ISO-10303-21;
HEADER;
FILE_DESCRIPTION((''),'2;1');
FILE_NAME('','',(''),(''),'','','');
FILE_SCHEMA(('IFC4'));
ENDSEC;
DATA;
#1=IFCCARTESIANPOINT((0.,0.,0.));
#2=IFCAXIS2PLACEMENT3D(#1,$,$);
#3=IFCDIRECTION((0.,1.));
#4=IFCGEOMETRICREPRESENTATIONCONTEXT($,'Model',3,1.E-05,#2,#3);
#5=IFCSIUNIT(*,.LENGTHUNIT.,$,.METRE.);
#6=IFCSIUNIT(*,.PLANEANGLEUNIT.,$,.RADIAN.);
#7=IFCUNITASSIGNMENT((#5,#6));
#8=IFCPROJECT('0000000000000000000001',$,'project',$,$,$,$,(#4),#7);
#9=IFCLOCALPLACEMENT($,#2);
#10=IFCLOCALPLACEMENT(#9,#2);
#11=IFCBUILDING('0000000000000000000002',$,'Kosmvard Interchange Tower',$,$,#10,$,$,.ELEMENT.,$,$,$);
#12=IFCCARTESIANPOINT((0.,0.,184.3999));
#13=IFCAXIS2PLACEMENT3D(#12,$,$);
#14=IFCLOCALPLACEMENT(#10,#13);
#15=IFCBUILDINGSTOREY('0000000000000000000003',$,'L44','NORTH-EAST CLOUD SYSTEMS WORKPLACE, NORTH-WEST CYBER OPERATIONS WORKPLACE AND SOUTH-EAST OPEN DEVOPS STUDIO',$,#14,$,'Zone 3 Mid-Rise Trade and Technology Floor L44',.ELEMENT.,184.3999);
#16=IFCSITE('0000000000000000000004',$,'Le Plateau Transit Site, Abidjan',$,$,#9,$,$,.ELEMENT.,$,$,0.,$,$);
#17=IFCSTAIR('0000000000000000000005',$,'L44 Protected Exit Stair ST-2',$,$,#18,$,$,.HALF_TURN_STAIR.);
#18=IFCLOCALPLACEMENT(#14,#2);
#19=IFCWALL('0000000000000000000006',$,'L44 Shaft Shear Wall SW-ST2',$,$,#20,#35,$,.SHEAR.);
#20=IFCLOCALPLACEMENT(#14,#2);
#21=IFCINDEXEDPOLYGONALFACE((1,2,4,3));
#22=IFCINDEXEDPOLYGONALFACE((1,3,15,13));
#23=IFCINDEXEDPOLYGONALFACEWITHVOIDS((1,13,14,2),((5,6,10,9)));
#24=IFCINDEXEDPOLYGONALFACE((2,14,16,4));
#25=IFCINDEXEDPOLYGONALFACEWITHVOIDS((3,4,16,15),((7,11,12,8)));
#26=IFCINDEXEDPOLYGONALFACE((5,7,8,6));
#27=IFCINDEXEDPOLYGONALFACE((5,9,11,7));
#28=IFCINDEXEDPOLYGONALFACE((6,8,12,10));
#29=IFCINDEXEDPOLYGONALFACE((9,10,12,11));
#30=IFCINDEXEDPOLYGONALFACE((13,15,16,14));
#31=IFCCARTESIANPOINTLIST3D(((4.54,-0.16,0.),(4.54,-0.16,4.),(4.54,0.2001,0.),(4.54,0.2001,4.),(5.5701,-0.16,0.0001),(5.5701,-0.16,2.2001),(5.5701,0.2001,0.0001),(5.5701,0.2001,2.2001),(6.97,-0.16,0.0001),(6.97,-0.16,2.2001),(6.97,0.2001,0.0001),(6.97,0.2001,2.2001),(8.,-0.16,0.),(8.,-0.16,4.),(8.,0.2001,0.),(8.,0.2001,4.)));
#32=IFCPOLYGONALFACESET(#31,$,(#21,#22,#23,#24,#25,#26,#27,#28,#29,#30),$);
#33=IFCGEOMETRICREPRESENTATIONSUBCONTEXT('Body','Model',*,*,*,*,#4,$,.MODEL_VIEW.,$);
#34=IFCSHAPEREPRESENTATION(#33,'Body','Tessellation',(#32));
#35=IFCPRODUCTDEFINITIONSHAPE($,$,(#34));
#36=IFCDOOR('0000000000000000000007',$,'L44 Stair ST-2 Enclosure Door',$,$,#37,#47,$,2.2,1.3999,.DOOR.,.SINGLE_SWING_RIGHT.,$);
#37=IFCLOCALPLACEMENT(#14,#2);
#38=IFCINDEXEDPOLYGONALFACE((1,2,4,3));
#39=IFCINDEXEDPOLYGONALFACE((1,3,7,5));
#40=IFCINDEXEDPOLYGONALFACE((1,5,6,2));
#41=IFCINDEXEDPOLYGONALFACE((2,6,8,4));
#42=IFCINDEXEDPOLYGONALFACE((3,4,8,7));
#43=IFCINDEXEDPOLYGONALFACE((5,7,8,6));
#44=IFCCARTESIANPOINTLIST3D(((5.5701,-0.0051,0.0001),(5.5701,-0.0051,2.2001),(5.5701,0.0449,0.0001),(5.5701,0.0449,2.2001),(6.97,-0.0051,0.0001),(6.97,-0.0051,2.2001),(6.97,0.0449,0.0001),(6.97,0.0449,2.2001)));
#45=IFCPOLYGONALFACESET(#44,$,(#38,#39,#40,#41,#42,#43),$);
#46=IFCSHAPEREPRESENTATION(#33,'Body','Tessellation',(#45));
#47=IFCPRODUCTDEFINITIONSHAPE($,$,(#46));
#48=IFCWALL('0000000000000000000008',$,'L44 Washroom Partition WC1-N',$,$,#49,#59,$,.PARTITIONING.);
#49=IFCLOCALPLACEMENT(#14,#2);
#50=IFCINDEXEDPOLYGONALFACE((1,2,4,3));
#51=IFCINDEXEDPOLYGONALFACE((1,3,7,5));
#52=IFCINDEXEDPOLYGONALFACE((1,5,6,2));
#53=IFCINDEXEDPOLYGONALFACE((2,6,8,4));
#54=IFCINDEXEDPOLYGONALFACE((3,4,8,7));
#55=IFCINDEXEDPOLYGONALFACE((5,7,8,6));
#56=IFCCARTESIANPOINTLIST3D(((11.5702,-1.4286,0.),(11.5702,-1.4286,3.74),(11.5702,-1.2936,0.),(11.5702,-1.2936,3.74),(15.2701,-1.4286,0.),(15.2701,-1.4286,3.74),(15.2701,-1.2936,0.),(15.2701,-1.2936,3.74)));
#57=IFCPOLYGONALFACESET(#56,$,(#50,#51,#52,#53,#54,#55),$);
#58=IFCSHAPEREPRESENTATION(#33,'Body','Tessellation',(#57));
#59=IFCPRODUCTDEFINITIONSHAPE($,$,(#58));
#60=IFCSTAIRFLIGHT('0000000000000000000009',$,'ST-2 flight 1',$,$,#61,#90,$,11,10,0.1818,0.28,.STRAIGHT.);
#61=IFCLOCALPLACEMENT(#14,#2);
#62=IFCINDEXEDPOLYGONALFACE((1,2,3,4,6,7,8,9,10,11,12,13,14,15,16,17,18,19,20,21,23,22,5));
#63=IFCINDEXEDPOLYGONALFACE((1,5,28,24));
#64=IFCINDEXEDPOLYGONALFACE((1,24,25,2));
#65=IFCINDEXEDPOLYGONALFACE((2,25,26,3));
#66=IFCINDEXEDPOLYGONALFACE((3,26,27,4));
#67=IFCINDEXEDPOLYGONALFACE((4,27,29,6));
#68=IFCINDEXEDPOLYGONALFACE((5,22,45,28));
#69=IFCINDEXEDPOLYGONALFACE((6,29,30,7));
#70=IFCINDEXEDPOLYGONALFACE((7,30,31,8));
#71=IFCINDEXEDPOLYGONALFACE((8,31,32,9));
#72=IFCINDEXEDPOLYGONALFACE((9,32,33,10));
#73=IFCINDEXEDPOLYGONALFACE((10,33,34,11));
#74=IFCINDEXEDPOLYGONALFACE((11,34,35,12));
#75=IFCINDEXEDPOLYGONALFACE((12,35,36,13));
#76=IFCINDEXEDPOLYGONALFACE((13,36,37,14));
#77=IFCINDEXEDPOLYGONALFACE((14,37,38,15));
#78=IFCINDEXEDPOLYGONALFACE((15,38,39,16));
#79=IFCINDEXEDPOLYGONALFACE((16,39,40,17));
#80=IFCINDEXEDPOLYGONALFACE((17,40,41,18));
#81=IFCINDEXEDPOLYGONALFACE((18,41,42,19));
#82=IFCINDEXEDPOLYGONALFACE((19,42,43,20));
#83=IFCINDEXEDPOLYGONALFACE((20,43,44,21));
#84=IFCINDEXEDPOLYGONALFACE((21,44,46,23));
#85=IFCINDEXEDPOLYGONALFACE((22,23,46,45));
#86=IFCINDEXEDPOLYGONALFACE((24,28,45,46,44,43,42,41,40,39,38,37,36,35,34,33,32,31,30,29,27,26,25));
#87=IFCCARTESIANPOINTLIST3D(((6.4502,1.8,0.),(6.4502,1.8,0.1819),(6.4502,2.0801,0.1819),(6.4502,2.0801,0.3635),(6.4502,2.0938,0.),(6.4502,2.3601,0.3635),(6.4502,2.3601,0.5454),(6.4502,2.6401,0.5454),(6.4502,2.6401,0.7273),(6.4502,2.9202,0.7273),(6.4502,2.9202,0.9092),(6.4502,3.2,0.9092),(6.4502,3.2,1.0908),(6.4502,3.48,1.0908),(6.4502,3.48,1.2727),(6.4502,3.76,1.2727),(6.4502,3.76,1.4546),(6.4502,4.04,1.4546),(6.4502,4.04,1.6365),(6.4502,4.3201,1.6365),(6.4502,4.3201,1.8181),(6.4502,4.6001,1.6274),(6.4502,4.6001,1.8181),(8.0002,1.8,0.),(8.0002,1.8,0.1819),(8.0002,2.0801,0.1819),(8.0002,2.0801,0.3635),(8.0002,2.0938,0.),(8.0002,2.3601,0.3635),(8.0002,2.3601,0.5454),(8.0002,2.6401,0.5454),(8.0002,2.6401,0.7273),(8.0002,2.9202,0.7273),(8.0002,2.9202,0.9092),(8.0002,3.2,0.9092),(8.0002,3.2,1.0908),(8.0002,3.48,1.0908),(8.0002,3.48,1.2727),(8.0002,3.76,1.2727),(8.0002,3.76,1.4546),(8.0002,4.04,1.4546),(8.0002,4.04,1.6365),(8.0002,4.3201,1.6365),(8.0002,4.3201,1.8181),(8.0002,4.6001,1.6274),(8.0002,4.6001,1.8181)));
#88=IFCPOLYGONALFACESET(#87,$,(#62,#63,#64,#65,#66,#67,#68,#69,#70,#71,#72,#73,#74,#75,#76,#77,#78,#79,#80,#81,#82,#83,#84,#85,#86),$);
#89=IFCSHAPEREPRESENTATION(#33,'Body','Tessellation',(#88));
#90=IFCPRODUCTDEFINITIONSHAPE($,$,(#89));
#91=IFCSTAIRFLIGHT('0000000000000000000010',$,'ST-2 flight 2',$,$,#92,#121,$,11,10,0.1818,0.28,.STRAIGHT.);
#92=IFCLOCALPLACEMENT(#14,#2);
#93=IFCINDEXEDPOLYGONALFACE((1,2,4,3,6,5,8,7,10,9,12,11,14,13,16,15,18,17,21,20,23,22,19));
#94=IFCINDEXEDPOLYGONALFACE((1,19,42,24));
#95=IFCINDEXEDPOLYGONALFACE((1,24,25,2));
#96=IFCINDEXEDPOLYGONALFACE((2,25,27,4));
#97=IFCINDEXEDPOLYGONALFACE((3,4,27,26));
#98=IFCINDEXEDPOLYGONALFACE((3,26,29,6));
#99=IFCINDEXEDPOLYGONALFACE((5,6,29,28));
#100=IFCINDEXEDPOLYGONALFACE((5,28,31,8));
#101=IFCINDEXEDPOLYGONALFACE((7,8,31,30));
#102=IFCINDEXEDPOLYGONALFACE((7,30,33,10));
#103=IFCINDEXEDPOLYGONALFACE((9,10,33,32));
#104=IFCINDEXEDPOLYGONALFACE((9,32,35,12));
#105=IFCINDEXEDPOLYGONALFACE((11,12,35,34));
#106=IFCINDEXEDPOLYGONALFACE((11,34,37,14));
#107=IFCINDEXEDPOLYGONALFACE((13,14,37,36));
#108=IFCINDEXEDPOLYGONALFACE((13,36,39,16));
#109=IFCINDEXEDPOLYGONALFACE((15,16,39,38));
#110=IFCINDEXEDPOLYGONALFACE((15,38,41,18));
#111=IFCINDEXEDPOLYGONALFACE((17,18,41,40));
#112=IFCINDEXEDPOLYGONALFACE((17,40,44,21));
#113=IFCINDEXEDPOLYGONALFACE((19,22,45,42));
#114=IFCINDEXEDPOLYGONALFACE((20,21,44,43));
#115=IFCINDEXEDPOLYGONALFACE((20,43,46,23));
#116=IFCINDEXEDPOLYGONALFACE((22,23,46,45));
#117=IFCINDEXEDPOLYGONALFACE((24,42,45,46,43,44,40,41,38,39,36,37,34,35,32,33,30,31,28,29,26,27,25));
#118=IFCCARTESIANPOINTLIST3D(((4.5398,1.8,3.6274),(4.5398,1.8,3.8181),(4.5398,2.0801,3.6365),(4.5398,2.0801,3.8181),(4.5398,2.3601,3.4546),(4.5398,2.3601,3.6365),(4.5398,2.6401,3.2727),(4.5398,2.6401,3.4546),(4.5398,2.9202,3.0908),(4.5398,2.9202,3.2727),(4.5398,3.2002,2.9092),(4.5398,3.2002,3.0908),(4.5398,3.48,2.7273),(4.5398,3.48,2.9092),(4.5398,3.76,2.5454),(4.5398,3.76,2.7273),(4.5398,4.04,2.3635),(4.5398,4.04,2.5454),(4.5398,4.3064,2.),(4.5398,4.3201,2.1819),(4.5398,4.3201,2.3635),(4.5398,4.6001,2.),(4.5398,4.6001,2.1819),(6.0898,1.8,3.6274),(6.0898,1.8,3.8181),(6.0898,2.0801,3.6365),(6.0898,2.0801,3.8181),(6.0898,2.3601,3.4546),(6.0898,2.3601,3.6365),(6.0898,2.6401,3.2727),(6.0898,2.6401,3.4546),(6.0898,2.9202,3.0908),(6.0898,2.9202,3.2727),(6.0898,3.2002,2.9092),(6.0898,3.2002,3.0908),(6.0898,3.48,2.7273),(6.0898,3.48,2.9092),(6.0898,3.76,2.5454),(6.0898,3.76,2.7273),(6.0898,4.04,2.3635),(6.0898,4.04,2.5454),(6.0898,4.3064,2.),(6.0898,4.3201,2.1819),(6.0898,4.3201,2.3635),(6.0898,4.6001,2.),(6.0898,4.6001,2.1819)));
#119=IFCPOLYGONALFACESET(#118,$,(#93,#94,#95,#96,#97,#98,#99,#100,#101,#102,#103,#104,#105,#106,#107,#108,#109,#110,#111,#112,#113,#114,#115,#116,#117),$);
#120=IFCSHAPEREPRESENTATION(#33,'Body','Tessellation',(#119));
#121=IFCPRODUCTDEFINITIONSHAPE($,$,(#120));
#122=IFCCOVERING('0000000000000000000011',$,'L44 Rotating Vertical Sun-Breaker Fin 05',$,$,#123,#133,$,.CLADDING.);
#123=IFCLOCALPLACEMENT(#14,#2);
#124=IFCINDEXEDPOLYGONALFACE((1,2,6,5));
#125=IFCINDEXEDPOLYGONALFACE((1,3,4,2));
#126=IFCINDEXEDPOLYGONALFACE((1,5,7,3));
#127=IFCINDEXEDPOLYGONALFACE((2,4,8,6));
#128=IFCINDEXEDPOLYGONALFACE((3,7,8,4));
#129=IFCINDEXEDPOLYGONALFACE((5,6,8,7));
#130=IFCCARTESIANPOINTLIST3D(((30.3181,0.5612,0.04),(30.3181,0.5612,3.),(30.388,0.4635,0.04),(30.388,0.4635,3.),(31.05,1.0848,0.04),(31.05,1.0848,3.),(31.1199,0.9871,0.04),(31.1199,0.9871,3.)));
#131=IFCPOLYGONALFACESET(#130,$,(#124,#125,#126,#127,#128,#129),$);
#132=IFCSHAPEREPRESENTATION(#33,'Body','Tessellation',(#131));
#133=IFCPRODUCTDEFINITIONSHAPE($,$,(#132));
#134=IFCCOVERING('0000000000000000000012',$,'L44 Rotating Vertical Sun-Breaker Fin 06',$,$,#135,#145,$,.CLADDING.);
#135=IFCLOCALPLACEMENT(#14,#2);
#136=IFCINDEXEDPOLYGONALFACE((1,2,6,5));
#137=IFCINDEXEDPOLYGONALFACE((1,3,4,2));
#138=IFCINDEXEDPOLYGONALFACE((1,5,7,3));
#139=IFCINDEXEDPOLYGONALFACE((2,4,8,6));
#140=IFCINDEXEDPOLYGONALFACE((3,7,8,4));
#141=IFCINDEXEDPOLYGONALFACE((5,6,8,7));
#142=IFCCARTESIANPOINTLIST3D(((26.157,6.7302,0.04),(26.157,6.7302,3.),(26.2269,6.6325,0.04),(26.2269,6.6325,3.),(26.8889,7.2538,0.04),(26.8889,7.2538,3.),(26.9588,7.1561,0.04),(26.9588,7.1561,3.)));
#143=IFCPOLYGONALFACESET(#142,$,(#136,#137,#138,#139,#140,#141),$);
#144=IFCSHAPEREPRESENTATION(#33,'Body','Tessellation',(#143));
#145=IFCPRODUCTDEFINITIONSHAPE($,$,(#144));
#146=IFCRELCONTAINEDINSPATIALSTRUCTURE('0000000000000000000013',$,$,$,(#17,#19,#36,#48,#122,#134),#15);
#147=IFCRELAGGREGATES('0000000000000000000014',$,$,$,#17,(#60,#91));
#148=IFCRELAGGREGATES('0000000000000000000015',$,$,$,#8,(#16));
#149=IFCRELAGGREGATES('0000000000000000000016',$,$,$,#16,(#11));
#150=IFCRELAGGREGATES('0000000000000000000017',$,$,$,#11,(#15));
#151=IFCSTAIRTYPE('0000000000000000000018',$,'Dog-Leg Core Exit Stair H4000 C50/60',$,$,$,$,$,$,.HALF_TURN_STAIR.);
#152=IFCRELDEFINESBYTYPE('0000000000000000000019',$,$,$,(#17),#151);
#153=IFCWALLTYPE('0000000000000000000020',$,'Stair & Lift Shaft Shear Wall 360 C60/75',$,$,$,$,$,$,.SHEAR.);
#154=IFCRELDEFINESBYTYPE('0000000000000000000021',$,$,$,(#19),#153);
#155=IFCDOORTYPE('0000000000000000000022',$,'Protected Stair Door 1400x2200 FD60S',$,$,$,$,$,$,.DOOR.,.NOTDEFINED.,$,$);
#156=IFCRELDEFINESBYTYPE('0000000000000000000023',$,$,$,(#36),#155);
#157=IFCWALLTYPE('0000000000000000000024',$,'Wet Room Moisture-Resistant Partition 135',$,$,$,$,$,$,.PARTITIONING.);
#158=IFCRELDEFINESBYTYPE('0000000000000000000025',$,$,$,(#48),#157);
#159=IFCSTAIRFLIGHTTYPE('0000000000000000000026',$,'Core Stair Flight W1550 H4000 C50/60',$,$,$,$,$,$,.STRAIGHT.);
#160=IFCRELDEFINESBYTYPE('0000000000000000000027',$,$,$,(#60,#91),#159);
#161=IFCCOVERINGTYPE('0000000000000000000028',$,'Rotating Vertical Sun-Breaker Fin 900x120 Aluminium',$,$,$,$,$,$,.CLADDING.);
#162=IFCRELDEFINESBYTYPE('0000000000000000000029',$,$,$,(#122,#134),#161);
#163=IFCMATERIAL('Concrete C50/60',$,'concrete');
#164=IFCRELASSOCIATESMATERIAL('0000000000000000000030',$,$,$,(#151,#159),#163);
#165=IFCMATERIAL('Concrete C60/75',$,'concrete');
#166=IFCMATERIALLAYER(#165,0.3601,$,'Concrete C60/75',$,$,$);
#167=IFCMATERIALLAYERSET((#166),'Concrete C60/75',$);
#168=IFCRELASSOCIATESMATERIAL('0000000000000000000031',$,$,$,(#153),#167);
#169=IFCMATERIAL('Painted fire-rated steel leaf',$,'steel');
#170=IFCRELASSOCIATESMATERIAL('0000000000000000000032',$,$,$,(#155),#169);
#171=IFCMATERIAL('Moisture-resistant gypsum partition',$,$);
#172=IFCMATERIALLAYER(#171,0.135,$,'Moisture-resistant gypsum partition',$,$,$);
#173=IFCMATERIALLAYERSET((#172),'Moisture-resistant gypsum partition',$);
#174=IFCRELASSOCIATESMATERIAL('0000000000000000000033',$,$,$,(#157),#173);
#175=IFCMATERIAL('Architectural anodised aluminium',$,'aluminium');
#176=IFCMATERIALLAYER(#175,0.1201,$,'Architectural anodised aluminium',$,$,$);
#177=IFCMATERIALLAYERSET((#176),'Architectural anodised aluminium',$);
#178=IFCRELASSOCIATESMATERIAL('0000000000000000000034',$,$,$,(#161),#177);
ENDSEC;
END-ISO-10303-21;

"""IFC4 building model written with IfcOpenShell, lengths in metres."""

from ifc_helpers import new_model, si_unit, direction, frame, frame_2d, origin, origin_2d, place, context, subcontext, project, spatial, polyline, rectangle, outline, extrude, source, transform, mapped, material, layer, layer_set, type_object, element, fill, aggregate, save


model = new_model("IFC4")

# Units and contexts
model_context = context("Model", 3, precision=1e-05, world=origin(), true_north=direction((0.0, 1.0)))
body_context = subcontext(model_context, "Body", "Model", "MODEL_VIEW")
ifc_project = project(units=[si_unit("LENGTHUNIT", "METRE"), si_unit("PLANEANGLEUNIT", "RADIAN")], contexts=[model_context])

# Site, building, storey
site_placement = place(None, origin())
site = spatial("IfcSite", under=ifc_project, at=site_placement, Name="Le Plateau Transit Site, Abidjan", CompositionType="ELEMENT", RefElevation=0.0)
building_placement = place(site_placement, origin())
building = spatial("IfcBuilding", under=site, at=building_placement, Name="Kosmvard Interchange Tower", CompositionType="ELEMENT")
storey_placement = place(building_placement, frame((0.0, 0.0, 184.3999)))
storey = spatial("IfcBuildingStorey", under=building, at=storey_placement, Name="L44", Description="NORTH-EAST CLOUD SYSTEMS WORKPLACE, NORTH-WEST CYBER OPERATIONS WORKPLACE AND SOUTH-EAST OPEN DEVOPS STUDIO", LongName="Zone 3 Mid-Rise Trade and Technology Floor L44", CompositionType="ELEMENT", Elevation=184.3999)

# Stair
ifc_material_1 = material(Name="Concrete C50/60", Category="concrete")
stair_type = type_object("IfcStairType", Name="Dog-Leg Core Exit Stair H4000 C50/60", PredefinedType="HALF_TURN_STAIR", material=ifc_material_1)
stair_1_placement = place(storey_placement, origin())
stair_1 = element("IfcStair", 1, at=stair_1_placement, inside=storey, type_object=stair_type, Name="L44 Protected Exit Stair ST-2", PredefinedType="HALF_TURN_STAIR")

# Wall, opening, door
ifc_material_2 = material(Name="Concrete C60/75", Category="concrete")
ifc_layer_1 = layer(ifc_material_2, 0.3601, Name="Concrete C60/75")
ifc_layer_set_1 = layer_set([ifc_layer_1], Name="Concrete C60/75")
wall_type_1 = type_object("IfcWallType", Name="Stair & Lift Shaft Shear Wall 360 C60/75", PredefinedType="SHEAR", material=ifc_layer_set_1)
wall_1_placement = place(storey_placement, frame((4.54, 0.02, 0.0), z_axis=(0.0, 0.0, 1.0), x_axis=(1.0, 0.0, 0.0)))
wall_1 = element("IfcWall", 2, at=wall_1_placement, inside=storey, type_object=wall_type_1, Name="L44 Shaft Shear Wall SW-ST2", PredefinedType="SHEAR", context=body_context, shape_type="SweptSolid", body=[
    extrude(rectangle(XDim=3.46, YDim=0.3601, at=frame_2d((1.73, 0.0))), origin(), (0.0, 0.0, 1.0), 4.0),
])
opening_1_placement = place(wall_1_placement, frame((1.03, 0.0, 0.0)))
opening_1 = element("IfcOpeningElement", 3, at=opening_1_placement, cuts=wall_1, PredefinedType="OPENING", context=body_context, shape_type="SweptSolid", body=[
    extrude(rectangle(XDim=1.3999, YDim=2.2, at=frame_2d((0.7, 1.1001))), frame((0.0, 0.1899, 0.0), z_axis=(0.0, -1.0, 0.0), x_axis=(1.0, 0.0, 0.0)), (0.0, 0.0, 1.0), 0.3801),
])
ifc_material_3 = material(Name="Painted fire-rated steel leaf", Category="steel")
door_type_1 = type_object("IfcDoorType", Name="Protected Stair Door 1400x2200 FD60S", OperationType="NOTDEFINED", PredefinedType="DOOR", material=ifc_material_3)
shared_shape_1 = source(origin(), body_context, "Body", "SweptSolid", [
    extrude(rectangle(XDim=1.3999, YDim=2.2, at=frame_2d((0.7, 1.1001))), frame((0.0, 0.0249, 0.0), z_axis=(0.0, -1.0, 0.0), x_axis=(1.0, 0.0, 0.0)), (0.0, 0.0, 1.0), 0.05),
])
door_1_placement = place(opening_1_placement, origin())
door_1 = element("IfcDoor", 4, at=door_1_placement, inside=storey, type_object=door_type_1, Name="L44 Stair ST-2 Enclosure Door", OperationType="SINGLE_SWING_RIGHT", OverallHeight=2.2, OverallWidth=1.3999, PredefinedType="DOOR", context=body_context, shape_type="MappedRepresentation", body=[
    mapped(shared_shape_1, transform((0.0, 0.0, 0.0), scale=1.0)),
])
fill(opening_1, door_1)

# Wall
ifc_material_4 = material(Name="Moisture-resistant gypsum partition")
ifc_layer_2 = layer(ifc_material_4, 0.135, Name="Moisture-resistant gypsum partition")
ifc_layer_set_2 = layer_set([ifc_layer_2], Name="Moisture-resistant gypsum partition")
wall_type_2 = type_object("IfcWallType", Name="Wet Room Moisture-Resistant Partition 135", PredefinedType="PARTITIONING", material=ifc_layer_set_2)
wall_2_placement = place(storey_placement, frame((11.5701, -1.3611, 0.0), z_axis=(0.0, 0.0, 1.0), x_axis=(1.0, 0.0, 0.0)))
element("IfcWall", 5, at=wall_2_placement, inside=storey, type_object=wall_type_2, Name="L44 Washroom Partition WC1-N", PredefinedType="PARTITIONING", context=body_context, shape_type="SweptSolid", body=[
    extrude(rectangle(XDim=3.7, YDim=0.135, at=frame_2d((1.8501, 0.0))), origin(), (0.0, 0.0, 1.0), 3.74),
])

# Stair flights
stair_flight_type = type_object("IfcStairFlightType", Name="Core Stair Flight W1550 H4000 C50/60", PredefinedType="STRAIGHT", material=ifc_material_1)
shared_shape_2 = source(origin(), body_context, "Body", "SweptSolid", [
    extrude(outline(polyline([(0.0, 0.0), (0.0, 0.1819), (0.28, 0.1819), (0.28, 0.3635), (0.5601, 0.3635), (0.5601, 0.5454), (0.8401, 0.5454), (0.8401, 0.7273), (1.1201, 0.7273), (1.1201, 0.9092), (1.3999, 0.9092), (1.3999, 1.0908), (1.6799, 1.0908), (1.6799, 1.2727), (1.96, 1.2727), (1.96, 1.4546), (2.24, 1.4546), (2.24, 1.6365), (2.52, 1.6365), (2.52, 1.8181), (2.8, 1.8181), (2.8, 2.0), (2.8, 1.6274), (0.2937, 0.0), (0.0, 0.0)])), frame((0.0, 0.7749, 0.0), z_axis=(0.0, -1.0, 0.0), x_axis=(1.0, 0.0, 0.0)), (0.0, 0.0, 1.0), 1.55),
])
stair_flight_1_placement = place(storey_placement, frame((7.2251, 1.8, 0.0), z_axis=(0.0, 0.0, 1.0), x_axis=(0.0, 1.0, 0.0)))
stair_flight_1 = element("IfcStairFlight", 6, at=stair_flight_1_placement, type_object=stair_flight_type, Name="ST-2 flight 1", NumberOfRisers=11, NumberOfTreads=10, PredefinedType="STRAIGHT", RiserHeight=0.1818, TreadLength=0.28, context=body_context, shape_type="MappedRepresentation", body=[
    mapped(shared_shape_2, transform((0.0, 0.0, 0.0), scale=1.0)),
])
stair_flight_2_placement = place(storey_placement, frame((5.3149, 4.6001, 2.0), z_axis=(0.0, 0.0, 1.0), x_axis=(0.0, -1.0, 0.0)))
stair_flight_2 = element("IfcStairFlight", 7, at=stair_flight_2_placement, type_object=stair_flight_type, Name="ST-2 flight 2", NumberOfRisers=11, NumberOfTreads=10, PredefinedType="STRAIGHT", RiserHeight=0.1818, TreadLength=0.28, context=body_context, shape_type="MappedRepresentation", body=[
    mapped(shared_shape_2, transform((0.0, 0.0, 0.0), scale=1.0)),
])
aggregate(stair_1, [stair_flight_1, stair_flight_2])

# Coverings
ifc_material_5 = material(Name="Architectural anodised aluminium", Category="aluminium")
ifc_layer_3 = layer(ifc_material_5, 0.1201, Name="Architectural anodised aluminium")
ifc_layer_set_3 = layer_set([ifc_layer_3], Name="Architectural anodised aluminium")
covering_type = type_object("IfcCoveringType", Name="Rotating Vertical Sun-Breaker Fin 900x120 Aluminium", PredefinedType="CLADDING", material=ifc_layer_set_3)
shared_shape_3 = source(origin(), body_context, "Body", "SweptSolid", [
    extrude(rectangle(XDim=0.8999, YDim=0.1201, at=origin_2d()), origin(), (0.0, 0.0, 1.0), 2.96),
])
for number, where, z_axis, x_axis, name in (
    (8, (30.719, 0.7742, 0.04), (0.0, 0.0, 1.0), (0.813304, 0.581839, 0.0), "L44 Rotating Vertical Sun-Breaker Fin 05"),
    (9, (26.5579, 6.9431, 0.04), (0.0, 0.0, 1.0), (0.813304, 0.581839, 0.0), "L44 Rotating Vertical Sun-Breaker Fin 06"),
):
    element("IfcCovering", number, at=place(storey_placement, frame(where, z_axis=z_axis, x_axis=x_axis)), inside=storey, type_object=covering_type, Name=name, PredefinedType="CLADDING", context=body_context, shape_type="MappedRepresentation", body=[
        mapped(shared_shape_3, transform((0.0, 0.0, 0.0), scale=1.0)),
    ])

save(model, "model.ifc")
